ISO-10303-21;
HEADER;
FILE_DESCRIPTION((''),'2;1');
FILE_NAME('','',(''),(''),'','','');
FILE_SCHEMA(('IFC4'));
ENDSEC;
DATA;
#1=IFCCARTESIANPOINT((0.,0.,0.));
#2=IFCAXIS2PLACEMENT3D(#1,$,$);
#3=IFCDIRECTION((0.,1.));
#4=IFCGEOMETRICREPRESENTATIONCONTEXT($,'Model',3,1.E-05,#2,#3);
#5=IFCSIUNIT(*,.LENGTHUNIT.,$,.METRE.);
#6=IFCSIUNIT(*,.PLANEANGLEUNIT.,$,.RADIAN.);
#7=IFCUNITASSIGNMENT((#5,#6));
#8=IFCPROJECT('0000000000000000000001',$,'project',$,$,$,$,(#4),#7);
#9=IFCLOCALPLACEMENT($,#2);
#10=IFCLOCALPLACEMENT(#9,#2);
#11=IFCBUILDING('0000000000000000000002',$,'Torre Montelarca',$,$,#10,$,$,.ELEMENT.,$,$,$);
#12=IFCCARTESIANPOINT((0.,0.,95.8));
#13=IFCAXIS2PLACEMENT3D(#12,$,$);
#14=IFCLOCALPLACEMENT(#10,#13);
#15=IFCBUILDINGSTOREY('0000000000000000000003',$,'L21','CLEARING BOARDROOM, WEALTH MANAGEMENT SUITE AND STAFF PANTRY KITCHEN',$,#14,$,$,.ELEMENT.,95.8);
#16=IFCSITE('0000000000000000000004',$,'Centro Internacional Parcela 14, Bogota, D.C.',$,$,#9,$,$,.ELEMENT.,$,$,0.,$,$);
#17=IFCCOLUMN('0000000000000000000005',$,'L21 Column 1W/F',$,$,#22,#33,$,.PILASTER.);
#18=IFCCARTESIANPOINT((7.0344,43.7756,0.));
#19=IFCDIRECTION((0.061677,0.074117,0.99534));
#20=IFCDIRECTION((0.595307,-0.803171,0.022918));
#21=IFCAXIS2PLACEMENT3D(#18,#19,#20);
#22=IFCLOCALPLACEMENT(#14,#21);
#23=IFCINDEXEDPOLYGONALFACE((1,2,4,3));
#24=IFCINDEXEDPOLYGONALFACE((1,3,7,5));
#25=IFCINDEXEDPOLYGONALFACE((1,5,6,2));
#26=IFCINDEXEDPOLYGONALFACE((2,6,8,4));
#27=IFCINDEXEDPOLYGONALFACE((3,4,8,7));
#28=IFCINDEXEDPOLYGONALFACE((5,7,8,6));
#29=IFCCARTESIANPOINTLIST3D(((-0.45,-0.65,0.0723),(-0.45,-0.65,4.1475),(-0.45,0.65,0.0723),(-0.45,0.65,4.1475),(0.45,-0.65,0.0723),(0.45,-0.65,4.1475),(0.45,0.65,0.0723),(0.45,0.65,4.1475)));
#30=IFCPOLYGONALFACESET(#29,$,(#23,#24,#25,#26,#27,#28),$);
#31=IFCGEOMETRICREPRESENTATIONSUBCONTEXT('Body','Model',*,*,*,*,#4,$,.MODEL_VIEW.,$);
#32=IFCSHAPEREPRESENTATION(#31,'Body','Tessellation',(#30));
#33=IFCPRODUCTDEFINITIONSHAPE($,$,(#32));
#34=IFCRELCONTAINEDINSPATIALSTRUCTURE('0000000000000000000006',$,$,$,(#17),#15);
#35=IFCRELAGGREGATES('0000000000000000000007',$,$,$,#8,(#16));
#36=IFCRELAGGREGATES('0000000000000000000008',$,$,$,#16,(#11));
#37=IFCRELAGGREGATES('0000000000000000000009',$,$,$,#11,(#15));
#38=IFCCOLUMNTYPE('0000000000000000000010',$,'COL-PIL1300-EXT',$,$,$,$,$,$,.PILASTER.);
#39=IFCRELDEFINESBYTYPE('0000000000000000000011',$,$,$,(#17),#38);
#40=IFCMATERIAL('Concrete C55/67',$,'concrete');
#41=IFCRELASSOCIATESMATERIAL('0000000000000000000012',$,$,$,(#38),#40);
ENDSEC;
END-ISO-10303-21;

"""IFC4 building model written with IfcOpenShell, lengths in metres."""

from ifc_helpers import new_model, si_unit, direction, frame, origin, origin_2d, place, context, subcontext, project, spatial, rectangle, extrude, clip, halfspace, material, material_profile, profile_set, type_object, element, save


model = new_model("IFC4")

# Units and contexts
model_context = context("Model", 3, precision=1e-05, world=origin(), true_north=direction((0.0, 1.0)))
body_context = subcontext(model_context, "Body", "Model", "MODEL_VIEW")
ifc_project = project(units=[si_unit("LENGTHUNIT", "METRE"), si_unit("PLANEANGLEUNIT", "RADIAN")], contexts=[model_context])

# Site, building, storey
site_placement = place(None, origin())
site = spatial("IfcSite", under=ifc_project, at=site_placement, Name="Centro Internacional Parcela 14, Bogota, D.C.", CompositionType="ELEMENT", RefElevation=0.0)
building_placement = place(site_placement, origin())
building = spatial("IfcBuilding", under=site, at=building_placement, Name="Torre Montelarca", CompositionType="ELEMENT")
storey_placement = place(building_placement, frame((0.0, 0.0, 95.8)))
storey = spatial("IfcBuildingStorey", under=building, at=storey_placement, Name="L21", Description="CLEARING BOARDROOM, WEALTH MANAGEMENT SUITE AND STAFF PANTRY KITCHEN", CompositionType="ELEMENT", Elevation=95.8)

# Column
ifc_material_1 = material(Name="Concrete C55/67", Category="concrete")
ifc_material_profile_1 = material_profile(ifc_material_1, rectangle(XDim=0.8999, YDim=1.3, at=origin_2d()), Name="RC1300X900", Category="concrete")
ifc_profile_set_1 = profile_set([ifc_material_profile_1], Name="Concrete C55/67")
column_type = type_object("IfcColumnType", Name="COL-PIL1300-EXT", PredefinedType="PILASTER", material=ifc_profile_set_1)
column_placement = place(storey_placement, frame((7.0344, 43.7756, 0.0), z_axis=(0.061677, 0.074117, 0.99534), x_axis=(0.595307, -0.803171, 0.022918)))
element("IfcColumn", 1, at=column_placement, inside=storey, type_object=column_type, Name="L21 Column 1W/F", PredefinedType="PILASTER", context=body_context, shape_type="Clipping", body=[
    clip(clip(extrude(rectangle(XDim=0.8999, YDim=1.3, at=origin_2d()), origin(), (0.0, 0.0, 1.0), 4.2197), halfspace(frame((0.0, 0.0, 0.0723), z_axis=(0.0, 0.0, -1.0), x_axis=(1.0, 0.0, 0.0)), False)), halfspace(frame((0.0, 0.0, 4.1475), z_axis=(0.0, 0.0, 1.0), x_axis=(1.0, 0.0, 0.0)), False)),
])

save(model, "model.ifc")
